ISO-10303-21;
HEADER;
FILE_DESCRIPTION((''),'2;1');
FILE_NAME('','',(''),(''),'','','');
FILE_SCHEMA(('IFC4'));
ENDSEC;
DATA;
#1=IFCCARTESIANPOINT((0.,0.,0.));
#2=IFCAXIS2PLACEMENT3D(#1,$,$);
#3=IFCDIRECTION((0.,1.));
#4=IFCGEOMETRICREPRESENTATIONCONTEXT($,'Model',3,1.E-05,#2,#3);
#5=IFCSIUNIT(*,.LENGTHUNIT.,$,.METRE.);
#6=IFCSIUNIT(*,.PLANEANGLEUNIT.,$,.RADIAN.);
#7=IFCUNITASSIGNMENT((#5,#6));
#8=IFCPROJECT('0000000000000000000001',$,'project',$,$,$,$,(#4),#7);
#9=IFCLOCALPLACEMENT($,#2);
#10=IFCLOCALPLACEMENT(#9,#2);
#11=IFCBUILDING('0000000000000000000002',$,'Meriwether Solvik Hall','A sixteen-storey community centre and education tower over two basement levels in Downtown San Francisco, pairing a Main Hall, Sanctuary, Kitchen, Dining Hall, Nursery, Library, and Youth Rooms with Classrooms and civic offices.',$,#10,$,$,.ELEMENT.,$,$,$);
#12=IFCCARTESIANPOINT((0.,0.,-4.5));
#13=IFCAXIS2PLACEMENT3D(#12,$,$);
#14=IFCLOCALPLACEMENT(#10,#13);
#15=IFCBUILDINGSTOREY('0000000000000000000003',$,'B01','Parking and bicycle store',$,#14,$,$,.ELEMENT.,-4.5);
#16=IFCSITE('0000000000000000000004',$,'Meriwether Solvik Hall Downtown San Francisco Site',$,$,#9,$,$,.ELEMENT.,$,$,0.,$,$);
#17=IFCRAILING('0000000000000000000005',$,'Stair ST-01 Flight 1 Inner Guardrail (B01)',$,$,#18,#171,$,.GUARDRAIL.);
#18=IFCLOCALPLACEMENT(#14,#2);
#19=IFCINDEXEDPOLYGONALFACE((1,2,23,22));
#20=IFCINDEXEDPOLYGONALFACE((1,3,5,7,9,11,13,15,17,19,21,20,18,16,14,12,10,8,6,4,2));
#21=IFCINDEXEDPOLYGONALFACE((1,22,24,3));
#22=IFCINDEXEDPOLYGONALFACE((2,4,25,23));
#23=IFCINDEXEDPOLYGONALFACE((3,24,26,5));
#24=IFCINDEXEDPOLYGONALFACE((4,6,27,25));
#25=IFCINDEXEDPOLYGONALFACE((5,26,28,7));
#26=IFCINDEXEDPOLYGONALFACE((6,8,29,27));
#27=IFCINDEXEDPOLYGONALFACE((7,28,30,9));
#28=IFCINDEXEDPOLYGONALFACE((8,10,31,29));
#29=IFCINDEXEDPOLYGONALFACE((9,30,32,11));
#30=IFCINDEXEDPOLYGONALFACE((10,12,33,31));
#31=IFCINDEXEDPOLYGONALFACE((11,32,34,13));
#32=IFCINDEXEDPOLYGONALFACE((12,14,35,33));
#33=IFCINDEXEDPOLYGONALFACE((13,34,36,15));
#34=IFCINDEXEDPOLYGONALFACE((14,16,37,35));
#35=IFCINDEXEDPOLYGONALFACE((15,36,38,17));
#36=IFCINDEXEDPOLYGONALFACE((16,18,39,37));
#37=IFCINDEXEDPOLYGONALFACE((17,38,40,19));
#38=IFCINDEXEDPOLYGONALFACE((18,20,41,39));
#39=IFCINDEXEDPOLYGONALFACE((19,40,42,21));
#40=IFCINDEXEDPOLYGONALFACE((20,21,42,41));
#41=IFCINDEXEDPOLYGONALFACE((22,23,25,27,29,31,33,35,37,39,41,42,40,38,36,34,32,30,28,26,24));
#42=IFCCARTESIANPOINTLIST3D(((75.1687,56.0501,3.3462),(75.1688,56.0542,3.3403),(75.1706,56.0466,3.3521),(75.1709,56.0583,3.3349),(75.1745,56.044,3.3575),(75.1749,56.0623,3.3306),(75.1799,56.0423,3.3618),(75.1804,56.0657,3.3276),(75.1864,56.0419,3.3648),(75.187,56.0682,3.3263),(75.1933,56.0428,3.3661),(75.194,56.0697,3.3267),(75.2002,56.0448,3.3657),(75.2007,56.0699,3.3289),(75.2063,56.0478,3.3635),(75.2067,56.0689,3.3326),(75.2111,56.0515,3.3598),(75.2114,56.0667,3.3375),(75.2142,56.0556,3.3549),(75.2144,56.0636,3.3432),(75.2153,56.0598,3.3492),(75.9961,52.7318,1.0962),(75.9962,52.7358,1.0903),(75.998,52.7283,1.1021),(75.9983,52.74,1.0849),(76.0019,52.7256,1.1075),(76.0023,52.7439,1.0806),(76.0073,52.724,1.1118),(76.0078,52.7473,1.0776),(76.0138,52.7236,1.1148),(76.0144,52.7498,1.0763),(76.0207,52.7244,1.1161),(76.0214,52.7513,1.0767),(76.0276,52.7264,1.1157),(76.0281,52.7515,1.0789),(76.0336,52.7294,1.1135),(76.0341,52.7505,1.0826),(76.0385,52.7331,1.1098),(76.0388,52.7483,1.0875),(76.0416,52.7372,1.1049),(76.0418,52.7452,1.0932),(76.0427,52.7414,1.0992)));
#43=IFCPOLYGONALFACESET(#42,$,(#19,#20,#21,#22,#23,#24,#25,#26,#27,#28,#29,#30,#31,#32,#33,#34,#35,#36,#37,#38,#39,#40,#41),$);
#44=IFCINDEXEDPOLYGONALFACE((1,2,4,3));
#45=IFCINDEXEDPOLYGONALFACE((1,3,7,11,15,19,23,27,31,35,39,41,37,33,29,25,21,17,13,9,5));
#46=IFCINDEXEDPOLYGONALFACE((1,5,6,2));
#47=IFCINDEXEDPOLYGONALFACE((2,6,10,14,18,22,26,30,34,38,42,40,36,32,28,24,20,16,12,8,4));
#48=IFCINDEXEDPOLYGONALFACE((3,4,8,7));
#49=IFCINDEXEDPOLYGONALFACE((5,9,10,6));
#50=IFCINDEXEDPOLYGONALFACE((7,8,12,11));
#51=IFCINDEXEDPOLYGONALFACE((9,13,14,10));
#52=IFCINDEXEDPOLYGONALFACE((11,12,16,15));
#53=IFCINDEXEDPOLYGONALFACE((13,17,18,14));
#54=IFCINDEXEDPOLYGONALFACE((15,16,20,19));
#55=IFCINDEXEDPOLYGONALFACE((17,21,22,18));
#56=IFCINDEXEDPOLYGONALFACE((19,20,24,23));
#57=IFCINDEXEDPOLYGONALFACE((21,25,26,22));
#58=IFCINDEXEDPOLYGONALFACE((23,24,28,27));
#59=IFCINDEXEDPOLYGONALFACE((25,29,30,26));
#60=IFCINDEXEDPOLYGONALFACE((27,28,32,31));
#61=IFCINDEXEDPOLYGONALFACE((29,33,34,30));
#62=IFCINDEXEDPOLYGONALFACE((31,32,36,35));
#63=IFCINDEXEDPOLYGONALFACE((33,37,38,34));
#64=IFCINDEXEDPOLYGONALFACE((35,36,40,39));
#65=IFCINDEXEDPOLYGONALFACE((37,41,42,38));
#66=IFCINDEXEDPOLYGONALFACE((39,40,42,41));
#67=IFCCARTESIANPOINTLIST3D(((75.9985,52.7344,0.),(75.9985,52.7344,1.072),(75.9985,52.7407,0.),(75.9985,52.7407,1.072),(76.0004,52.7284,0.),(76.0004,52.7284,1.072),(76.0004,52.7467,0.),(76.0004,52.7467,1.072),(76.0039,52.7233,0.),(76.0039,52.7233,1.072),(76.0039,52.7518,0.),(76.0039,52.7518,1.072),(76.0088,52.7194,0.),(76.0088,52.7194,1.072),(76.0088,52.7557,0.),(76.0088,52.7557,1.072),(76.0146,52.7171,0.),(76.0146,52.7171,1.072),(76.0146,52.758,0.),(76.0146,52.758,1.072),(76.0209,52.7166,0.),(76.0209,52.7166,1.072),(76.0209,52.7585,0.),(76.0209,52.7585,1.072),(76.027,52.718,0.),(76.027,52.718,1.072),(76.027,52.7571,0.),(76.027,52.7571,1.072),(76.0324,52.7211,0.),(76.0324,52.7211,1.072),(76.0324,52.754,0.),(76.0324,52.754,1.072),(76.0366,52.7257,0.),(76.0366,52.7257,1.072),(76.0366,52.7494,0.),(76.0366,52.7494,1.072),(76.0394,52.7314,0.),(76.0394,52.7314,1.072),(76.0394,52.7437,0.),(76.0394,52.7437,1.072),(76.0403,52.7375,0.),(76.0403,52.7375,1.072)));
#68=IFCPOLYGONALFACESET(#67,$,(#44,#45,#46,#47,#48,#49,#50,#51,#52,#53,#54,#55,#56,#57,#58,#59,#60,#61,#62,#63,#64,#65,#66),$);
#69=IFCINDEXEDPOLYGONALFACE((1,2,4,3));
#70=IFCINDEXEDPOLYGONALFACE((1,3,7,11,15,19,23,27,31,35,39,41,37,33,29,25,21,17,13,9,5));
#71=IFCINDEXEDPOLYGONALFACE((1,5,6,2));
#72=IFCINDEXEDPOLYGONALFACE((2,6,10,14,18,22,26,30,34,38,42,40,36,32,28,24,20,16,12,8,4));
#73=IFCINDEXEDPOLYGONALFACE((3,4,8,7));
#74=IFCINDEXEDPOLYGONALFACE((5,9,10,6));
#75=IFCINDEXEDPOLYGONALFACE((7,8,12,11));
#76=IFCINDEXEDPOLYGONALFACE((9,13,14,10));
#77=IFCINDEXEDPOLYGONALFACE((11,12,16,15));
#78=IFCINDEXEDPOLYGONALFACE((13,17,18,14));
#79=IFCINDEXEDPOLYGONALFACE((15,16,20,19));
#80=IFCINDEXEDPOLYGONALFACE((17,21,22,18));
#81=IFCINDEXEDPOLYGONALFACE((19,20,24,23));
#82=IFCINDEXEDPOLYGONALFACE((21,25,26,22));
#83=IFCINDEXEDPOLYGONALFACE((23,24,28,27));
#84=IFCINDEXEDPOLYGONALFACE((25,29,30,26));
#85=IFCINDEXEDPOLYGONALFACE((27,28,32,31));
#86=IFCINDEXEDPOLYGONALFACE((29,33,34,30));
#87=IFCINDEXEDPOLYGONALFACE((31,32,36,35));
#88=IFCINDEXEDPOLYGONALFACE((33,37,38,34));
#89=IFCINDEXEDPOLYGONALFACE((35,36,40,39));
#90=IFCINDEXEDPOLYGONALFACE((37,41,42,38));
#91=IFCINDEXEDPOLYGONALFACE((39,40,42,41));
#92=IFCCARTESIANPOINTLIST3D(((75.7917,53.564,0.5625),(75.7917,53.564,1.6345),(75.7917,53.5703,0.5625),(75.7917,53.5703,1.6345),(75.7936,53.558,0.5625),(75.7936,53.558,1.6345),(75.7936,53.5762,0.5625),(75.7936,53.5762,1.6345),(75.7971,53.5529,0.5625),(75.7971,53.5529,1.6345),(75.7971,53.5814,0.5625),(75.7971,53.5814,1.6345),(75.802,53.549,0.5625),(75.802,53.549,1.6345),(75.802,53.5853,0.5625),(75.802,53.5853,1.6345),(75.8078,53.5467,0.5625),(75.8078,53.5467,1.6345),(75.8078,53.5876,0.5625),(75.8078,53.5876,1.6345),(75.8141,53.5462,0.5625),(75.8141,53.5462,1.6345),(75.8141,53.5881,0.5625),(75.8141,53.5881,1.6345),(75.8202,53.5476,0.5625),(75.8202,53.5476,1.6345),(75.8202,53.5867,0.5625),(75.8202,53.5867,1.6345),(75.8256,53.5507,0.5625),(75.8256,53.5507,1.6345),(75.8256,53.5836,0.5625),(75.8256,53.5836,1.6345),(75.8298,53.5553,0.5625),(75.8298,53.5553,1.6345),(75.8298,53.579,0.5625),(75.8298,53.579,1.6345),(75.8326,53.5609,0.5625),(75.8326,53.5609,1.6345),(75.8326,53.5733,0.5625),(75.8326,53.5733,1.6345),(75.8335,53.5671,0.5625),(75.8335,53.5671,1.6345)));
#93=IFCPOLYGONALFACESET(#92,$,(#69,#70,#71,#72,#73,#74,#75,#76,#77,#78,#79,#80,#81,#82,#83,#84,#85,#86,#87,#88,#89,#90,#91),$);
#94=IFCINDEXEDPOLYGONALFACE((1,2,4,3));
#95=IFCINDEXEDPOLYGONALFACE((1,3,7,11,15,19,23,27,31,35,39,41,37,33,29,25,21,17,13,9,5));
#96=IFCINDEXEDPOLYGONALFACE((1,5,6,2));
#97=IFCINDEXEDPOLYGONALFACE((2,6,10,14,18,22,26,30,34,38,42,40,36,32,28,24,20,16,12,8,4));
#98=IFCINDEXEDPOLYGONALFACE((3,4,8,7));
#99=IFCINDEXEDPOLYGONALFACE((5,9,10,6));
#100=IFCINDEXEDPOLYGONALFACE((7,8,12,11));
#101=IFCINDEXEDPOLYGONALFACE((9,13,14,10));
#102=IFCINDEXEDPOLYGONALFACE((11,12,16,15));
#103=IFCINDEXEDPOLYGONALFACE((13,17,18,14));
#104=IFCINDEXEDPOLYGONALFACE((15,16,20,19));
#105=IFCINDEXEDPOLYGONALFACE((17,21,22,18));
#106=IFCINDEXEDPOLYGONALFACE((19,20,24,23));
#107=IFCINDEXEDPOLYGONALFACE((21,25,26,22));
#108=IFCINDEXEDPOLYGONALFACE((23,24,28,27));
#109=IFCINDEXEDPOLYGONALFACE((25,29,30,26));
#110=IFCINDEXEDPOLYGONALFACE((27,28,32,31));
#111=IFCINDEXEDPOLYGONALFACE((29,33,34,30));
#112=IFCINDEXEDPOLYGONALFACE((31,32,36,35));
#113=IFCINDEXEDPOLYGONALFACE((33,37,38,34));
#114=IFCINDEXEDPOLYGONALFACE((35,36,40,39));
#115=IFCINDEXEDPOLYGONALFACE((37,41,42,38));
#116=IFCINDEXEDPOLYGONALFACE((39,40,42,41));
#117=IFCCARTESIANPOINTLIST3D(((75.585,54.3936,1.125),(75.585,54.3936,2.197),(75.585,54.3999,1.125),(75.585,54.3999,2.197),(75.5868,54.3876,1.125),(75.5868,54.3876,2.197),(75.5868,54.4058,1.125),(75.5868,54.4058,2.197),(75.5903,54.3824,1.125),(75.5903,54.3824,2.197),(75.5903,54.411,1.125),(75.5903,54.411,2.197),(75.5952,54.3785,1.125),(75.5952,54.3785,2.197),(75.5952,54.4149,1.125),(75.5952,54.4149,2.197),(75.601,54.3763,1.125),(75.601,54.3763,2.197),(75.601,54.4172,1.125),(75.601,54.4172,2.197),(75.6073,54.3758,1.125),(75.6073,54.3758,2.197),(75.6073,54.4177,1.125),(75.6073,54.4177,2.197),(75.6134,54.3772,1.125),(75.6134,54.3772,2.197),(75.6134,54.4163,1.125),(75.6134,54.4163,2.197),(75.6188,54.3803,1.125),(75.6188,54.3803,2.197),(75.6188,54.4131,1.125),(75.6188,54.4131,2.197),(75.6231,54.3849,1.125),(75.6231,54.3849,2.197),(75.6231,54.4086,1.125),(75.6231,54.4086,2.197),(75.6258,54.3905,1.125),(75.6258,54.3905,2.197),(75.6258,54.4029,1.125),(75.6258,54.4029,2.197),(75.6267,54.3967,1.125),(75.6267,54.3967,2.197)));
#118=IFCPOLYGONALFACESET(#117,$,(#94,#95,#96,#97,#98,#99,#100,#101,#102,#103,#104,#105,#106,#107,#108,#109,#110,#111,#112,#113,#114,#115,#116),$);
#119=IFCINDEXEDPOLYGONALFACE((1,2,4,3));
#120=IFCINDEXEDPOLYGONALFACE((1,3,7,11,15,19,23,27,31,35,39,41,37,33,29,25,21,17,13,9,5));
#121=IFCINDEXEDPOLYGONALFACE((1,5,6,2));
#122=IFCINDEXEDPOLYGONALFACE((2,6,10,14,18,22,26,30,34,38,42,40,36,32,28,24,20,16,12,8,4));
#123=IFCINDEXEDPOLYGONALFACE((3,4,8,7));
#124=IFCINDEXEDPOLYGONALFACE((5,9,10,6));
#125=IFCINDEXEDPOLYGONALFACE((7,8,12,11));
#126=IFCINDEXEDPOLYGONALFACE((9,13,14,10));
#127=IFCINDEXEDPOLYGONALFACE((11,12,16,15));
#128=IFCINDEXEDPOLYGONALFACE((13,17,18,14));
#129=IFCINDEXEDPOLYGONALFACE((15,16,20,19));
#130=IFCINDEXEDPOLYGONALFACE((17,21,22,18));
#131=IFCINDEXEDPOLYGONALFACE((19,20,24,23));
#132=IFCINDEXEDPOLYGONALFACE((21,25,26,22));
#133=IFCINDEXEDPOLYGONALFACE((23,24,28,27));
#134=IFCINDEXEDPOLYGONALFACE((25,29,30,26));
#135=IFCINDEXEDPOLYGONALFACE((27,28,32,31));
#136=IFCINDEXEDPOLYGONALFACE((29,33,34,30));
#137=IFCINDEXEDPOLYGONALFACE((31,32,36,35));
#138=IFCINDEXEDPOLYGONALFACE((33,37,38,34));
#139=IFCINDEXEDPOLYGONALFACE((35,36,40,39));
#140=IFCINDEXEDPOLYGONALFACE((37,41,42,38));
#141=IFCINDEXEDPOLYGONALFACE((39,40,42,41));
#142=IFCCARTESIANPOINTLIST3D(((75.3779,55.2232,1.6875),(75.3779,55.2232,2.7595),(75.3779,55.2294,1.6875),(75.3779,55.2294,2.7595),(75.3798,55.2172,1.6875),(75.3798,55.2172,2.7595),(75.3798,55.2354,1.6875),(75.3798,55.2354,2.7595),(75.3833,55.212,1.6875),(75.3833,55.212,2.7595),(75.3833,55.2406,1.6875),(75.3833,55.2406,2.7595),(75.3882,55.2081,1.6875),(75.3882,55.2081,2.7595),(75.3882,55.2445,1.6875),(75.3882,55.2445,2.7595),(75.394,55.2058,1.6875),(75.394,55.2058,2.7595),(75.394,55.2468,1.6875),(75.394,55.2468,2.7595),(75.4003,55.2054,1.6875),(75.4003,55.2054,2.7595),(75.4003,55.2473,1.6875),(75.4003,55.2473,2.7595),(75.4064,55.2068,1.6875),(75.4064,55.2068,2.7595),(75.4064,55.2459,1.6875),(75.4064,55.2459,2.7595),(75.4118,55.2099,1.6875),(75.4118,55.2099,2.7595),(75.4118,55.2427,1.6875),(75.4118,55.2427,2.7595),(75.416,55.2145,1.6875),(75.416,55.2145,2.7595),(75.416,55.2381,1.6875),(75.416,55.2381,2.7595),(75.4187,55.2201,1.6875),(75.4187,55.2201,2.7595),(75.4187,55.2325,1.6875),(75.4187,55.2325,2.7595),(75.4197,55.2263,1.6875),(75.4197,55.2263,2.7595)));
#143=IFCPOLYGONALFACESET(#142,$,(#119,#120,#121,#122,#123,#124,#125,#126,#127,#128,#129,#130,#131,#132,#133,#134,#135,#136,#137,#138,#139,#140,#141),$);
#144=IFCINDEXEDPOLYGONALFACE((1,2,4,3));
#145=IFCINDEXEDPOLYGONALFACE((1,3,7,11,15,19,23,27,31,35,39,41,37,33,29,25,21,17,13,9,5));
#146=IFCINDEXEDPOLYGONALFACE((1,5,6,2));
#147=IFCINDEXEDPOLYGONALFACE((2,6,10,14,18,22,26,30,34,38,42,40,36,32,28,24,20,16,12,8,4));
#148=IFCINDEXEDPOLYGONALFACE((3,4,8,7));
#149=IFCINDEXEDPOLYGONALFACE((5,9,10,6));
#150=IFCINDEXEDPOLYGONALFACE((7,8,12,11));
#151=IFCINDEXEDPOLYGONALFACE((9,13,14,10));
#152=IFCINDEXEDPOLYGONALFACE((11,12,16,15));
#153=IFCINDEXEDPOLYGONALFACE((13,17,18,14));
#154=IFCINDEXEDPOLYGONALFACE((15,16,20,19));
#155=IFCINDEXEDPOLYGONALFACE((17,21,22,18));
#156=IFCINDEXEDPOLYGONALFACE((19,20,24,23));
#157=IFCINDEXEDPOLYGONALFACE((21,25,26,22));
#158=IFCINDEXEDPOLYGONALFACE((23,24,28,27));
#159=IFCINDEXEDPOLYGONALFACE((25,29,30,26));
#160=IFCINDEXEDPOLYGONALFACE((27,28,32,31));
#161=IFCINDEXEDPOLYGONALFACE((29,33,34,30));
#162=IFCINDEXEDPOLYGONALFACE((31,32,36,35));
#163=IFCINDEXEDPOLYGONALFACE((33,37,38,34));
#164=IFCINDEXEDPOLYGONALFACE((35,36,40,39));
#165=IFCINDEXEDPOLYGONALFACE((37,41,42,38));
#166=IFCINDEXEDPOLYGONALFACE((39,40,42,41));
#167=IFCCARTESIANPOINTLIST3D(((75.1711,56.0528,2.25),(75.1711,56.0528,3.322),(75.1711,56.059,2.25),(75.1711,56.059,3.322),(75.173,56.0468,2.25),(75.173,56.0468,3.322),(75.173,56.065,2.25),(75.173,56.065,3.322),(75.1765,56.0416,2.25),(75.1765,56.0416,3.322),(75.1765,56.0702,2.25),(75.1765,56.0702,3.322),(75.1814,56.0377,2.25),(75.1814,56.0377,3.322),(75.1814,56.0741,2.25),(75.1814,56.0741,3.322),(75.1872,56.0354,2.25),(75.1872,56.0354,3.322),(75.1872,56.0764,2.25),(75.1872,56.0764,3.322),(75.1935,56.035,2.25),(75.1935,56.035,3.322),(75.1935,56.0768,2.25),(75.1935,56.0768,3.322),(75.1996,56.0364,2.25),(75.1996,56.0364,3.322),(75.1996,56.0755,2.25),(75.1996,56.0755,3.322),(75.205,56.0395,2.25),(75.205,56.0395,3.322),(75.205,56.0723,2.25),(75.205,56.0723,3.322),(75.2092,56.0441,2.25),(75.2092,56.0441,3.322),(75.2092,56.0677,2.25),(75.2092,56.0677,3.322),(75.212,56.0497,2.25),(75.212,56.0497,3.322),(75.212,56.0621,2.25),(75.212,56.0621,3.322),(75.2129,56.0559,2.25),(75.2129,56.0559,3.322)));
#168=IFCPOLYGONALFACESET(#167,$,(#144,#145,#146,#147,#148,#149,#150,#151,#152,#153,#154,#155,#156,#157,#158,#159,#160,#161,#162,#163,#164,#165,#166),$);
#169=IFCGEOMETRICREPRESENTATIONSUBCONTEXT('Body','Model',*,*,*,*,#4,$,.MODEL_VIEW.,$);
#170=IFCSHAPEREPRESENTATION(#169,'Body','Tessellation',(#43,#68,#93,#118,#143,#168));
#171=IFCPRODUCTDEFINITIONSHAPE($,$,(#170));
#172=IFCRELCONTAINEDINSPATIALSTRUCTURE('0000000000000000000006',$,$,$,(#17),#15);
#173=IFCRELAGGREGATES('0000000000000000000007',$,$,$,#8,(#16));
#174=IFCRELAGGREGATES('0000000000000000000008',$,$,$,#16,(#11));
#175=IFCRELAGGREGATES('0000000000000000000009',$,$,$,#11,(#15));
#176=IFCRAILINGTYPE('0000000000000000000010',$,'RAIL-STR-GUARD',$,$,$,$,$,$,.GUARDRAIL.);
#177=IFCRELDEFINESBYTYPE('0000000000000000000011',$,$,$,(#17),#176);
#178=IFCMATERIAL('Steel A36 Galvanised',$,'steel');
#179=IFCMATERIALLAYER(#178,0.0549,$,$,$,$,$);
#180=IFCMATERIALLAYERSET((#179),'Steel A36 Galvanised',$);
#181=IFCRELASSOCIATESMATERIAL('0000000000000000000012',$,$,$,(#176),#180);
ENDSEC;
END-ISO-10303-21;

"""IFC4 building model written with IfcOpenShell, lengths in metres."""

from ifc_helpers import new_model, si_unit, direction, frame, origin, origin_2d, place, context, subcontext, project, spatial, circle, extrude, material, layer, layer_set, type_object, element, save


model = new_model("IFC4")

# Units and contexts
model_context = context("Model", 3, precision=1e-05, world=origin(), true_north=direction((0.0, 1.0)))
body_context = subcontext(model_context, "Body", "Model", "MODEL_VIEW")
ifc_project = project(units=[si_unit("LENGTHUNIT", "METRE"), si_unit("PLANEANGLEUNIT", "RADIAN")], contexts=[model_context])

# Site, building, storey
site_placement = place(None, origin())
site = spatial("IfcSite", under=ifc_project, at=site_placement, Name="Meriwether Solvik Hall Downtown San Francisco Site", CompositionType="ELEMENT", RefElevation=0.0)
building_placement = place(site_placement, origin())
building = spatial("IfcBuilding", under=site, at=building_placement, Name="Meriwether Solvik Hall", Description="A sixteen-storey community centre and education tower over two basement levels in Downtown San Francisco, pairing a Main Hall, Sanctuary, Kitchen, Dining Hall, Nursery, Library, and Youth Rooms with Classrooms and civic offices.", CompositionType="ELEMENT")
storey_placement = place(building_placement, frame((0.0, 0.0, -4.5)))
storey = spatial("IfcBuildingStorey", under=building, at=storey_placement, Name="B01", Description="Parking and bicycle store", CompositionType="ELEMENT", Elevation=-4.5)

# Railing
ifc_material_1 = material(Name="Steel A36 Galvanised", Category="steel")
ifc_layer_1 = layer(ifc_material_1, 0.0549)
ifc_layer_set_1 = layer_set([ifc_layer_1], Name="Steel A36 Galvanised")
railing_type_1 = type_object("IfcRailingType", Name="RAIL-STR-GUARD", PredefinedType="GUARDRAIL", material=ifc_layer_set_1)
railing_1_placement = place(storey_placement, frame((76.0193, 52.7375, 0.0)))
element("IfcRailing", 1, at=railing_1_placement, inside=storey, type_object=railing_type_1, Name="Stair ST-01 Flight 1 Inner Guardrail (B01)", PredefinedType="GUARDRAIL", context=body_context, shape_type="SweptSolid", body=[
    extrude(circle(Radius=0.0239, at=origin_2d()), frame((0.0, 0.0, 1.0962), z_axis=(-0.202112, 0.810596, 0.549622), x_axis=(-0.970293, -0.241931, 0.0)), (0.0, 0.0, 1.0), 4.0938),
    extrude(circle(Radius=0.021, at=origin_2d()), origin(), (0.0, 0.0, 1.0), 1.072),
    extrude(circle(Radius=0.021, at=origin_2d()), frame((-0.2068, 0.8296, 0.5625)), (0.0, 0.0, 1.0), 1.072),
    extrude(circle(Radius=0.021, at=origin_2d()), frame((-0.4136, 1.6592, 1.125)), (0.0, 0.0, 1.0), 1.072),
    extrude(circle(Radius=0.021, at=origin_2d()), frame((-0.6206, 2.4888, 1.6875)), (0.0, 0.0, 1.0), 1.072),
    extrude(circle(Radius=0.021, at=origin_2d()), frame((-0.8274, 3.3184, 2.25)), (0.0, 0.0, 1.0), 1.072),
])

save(model, "model.ifc")
